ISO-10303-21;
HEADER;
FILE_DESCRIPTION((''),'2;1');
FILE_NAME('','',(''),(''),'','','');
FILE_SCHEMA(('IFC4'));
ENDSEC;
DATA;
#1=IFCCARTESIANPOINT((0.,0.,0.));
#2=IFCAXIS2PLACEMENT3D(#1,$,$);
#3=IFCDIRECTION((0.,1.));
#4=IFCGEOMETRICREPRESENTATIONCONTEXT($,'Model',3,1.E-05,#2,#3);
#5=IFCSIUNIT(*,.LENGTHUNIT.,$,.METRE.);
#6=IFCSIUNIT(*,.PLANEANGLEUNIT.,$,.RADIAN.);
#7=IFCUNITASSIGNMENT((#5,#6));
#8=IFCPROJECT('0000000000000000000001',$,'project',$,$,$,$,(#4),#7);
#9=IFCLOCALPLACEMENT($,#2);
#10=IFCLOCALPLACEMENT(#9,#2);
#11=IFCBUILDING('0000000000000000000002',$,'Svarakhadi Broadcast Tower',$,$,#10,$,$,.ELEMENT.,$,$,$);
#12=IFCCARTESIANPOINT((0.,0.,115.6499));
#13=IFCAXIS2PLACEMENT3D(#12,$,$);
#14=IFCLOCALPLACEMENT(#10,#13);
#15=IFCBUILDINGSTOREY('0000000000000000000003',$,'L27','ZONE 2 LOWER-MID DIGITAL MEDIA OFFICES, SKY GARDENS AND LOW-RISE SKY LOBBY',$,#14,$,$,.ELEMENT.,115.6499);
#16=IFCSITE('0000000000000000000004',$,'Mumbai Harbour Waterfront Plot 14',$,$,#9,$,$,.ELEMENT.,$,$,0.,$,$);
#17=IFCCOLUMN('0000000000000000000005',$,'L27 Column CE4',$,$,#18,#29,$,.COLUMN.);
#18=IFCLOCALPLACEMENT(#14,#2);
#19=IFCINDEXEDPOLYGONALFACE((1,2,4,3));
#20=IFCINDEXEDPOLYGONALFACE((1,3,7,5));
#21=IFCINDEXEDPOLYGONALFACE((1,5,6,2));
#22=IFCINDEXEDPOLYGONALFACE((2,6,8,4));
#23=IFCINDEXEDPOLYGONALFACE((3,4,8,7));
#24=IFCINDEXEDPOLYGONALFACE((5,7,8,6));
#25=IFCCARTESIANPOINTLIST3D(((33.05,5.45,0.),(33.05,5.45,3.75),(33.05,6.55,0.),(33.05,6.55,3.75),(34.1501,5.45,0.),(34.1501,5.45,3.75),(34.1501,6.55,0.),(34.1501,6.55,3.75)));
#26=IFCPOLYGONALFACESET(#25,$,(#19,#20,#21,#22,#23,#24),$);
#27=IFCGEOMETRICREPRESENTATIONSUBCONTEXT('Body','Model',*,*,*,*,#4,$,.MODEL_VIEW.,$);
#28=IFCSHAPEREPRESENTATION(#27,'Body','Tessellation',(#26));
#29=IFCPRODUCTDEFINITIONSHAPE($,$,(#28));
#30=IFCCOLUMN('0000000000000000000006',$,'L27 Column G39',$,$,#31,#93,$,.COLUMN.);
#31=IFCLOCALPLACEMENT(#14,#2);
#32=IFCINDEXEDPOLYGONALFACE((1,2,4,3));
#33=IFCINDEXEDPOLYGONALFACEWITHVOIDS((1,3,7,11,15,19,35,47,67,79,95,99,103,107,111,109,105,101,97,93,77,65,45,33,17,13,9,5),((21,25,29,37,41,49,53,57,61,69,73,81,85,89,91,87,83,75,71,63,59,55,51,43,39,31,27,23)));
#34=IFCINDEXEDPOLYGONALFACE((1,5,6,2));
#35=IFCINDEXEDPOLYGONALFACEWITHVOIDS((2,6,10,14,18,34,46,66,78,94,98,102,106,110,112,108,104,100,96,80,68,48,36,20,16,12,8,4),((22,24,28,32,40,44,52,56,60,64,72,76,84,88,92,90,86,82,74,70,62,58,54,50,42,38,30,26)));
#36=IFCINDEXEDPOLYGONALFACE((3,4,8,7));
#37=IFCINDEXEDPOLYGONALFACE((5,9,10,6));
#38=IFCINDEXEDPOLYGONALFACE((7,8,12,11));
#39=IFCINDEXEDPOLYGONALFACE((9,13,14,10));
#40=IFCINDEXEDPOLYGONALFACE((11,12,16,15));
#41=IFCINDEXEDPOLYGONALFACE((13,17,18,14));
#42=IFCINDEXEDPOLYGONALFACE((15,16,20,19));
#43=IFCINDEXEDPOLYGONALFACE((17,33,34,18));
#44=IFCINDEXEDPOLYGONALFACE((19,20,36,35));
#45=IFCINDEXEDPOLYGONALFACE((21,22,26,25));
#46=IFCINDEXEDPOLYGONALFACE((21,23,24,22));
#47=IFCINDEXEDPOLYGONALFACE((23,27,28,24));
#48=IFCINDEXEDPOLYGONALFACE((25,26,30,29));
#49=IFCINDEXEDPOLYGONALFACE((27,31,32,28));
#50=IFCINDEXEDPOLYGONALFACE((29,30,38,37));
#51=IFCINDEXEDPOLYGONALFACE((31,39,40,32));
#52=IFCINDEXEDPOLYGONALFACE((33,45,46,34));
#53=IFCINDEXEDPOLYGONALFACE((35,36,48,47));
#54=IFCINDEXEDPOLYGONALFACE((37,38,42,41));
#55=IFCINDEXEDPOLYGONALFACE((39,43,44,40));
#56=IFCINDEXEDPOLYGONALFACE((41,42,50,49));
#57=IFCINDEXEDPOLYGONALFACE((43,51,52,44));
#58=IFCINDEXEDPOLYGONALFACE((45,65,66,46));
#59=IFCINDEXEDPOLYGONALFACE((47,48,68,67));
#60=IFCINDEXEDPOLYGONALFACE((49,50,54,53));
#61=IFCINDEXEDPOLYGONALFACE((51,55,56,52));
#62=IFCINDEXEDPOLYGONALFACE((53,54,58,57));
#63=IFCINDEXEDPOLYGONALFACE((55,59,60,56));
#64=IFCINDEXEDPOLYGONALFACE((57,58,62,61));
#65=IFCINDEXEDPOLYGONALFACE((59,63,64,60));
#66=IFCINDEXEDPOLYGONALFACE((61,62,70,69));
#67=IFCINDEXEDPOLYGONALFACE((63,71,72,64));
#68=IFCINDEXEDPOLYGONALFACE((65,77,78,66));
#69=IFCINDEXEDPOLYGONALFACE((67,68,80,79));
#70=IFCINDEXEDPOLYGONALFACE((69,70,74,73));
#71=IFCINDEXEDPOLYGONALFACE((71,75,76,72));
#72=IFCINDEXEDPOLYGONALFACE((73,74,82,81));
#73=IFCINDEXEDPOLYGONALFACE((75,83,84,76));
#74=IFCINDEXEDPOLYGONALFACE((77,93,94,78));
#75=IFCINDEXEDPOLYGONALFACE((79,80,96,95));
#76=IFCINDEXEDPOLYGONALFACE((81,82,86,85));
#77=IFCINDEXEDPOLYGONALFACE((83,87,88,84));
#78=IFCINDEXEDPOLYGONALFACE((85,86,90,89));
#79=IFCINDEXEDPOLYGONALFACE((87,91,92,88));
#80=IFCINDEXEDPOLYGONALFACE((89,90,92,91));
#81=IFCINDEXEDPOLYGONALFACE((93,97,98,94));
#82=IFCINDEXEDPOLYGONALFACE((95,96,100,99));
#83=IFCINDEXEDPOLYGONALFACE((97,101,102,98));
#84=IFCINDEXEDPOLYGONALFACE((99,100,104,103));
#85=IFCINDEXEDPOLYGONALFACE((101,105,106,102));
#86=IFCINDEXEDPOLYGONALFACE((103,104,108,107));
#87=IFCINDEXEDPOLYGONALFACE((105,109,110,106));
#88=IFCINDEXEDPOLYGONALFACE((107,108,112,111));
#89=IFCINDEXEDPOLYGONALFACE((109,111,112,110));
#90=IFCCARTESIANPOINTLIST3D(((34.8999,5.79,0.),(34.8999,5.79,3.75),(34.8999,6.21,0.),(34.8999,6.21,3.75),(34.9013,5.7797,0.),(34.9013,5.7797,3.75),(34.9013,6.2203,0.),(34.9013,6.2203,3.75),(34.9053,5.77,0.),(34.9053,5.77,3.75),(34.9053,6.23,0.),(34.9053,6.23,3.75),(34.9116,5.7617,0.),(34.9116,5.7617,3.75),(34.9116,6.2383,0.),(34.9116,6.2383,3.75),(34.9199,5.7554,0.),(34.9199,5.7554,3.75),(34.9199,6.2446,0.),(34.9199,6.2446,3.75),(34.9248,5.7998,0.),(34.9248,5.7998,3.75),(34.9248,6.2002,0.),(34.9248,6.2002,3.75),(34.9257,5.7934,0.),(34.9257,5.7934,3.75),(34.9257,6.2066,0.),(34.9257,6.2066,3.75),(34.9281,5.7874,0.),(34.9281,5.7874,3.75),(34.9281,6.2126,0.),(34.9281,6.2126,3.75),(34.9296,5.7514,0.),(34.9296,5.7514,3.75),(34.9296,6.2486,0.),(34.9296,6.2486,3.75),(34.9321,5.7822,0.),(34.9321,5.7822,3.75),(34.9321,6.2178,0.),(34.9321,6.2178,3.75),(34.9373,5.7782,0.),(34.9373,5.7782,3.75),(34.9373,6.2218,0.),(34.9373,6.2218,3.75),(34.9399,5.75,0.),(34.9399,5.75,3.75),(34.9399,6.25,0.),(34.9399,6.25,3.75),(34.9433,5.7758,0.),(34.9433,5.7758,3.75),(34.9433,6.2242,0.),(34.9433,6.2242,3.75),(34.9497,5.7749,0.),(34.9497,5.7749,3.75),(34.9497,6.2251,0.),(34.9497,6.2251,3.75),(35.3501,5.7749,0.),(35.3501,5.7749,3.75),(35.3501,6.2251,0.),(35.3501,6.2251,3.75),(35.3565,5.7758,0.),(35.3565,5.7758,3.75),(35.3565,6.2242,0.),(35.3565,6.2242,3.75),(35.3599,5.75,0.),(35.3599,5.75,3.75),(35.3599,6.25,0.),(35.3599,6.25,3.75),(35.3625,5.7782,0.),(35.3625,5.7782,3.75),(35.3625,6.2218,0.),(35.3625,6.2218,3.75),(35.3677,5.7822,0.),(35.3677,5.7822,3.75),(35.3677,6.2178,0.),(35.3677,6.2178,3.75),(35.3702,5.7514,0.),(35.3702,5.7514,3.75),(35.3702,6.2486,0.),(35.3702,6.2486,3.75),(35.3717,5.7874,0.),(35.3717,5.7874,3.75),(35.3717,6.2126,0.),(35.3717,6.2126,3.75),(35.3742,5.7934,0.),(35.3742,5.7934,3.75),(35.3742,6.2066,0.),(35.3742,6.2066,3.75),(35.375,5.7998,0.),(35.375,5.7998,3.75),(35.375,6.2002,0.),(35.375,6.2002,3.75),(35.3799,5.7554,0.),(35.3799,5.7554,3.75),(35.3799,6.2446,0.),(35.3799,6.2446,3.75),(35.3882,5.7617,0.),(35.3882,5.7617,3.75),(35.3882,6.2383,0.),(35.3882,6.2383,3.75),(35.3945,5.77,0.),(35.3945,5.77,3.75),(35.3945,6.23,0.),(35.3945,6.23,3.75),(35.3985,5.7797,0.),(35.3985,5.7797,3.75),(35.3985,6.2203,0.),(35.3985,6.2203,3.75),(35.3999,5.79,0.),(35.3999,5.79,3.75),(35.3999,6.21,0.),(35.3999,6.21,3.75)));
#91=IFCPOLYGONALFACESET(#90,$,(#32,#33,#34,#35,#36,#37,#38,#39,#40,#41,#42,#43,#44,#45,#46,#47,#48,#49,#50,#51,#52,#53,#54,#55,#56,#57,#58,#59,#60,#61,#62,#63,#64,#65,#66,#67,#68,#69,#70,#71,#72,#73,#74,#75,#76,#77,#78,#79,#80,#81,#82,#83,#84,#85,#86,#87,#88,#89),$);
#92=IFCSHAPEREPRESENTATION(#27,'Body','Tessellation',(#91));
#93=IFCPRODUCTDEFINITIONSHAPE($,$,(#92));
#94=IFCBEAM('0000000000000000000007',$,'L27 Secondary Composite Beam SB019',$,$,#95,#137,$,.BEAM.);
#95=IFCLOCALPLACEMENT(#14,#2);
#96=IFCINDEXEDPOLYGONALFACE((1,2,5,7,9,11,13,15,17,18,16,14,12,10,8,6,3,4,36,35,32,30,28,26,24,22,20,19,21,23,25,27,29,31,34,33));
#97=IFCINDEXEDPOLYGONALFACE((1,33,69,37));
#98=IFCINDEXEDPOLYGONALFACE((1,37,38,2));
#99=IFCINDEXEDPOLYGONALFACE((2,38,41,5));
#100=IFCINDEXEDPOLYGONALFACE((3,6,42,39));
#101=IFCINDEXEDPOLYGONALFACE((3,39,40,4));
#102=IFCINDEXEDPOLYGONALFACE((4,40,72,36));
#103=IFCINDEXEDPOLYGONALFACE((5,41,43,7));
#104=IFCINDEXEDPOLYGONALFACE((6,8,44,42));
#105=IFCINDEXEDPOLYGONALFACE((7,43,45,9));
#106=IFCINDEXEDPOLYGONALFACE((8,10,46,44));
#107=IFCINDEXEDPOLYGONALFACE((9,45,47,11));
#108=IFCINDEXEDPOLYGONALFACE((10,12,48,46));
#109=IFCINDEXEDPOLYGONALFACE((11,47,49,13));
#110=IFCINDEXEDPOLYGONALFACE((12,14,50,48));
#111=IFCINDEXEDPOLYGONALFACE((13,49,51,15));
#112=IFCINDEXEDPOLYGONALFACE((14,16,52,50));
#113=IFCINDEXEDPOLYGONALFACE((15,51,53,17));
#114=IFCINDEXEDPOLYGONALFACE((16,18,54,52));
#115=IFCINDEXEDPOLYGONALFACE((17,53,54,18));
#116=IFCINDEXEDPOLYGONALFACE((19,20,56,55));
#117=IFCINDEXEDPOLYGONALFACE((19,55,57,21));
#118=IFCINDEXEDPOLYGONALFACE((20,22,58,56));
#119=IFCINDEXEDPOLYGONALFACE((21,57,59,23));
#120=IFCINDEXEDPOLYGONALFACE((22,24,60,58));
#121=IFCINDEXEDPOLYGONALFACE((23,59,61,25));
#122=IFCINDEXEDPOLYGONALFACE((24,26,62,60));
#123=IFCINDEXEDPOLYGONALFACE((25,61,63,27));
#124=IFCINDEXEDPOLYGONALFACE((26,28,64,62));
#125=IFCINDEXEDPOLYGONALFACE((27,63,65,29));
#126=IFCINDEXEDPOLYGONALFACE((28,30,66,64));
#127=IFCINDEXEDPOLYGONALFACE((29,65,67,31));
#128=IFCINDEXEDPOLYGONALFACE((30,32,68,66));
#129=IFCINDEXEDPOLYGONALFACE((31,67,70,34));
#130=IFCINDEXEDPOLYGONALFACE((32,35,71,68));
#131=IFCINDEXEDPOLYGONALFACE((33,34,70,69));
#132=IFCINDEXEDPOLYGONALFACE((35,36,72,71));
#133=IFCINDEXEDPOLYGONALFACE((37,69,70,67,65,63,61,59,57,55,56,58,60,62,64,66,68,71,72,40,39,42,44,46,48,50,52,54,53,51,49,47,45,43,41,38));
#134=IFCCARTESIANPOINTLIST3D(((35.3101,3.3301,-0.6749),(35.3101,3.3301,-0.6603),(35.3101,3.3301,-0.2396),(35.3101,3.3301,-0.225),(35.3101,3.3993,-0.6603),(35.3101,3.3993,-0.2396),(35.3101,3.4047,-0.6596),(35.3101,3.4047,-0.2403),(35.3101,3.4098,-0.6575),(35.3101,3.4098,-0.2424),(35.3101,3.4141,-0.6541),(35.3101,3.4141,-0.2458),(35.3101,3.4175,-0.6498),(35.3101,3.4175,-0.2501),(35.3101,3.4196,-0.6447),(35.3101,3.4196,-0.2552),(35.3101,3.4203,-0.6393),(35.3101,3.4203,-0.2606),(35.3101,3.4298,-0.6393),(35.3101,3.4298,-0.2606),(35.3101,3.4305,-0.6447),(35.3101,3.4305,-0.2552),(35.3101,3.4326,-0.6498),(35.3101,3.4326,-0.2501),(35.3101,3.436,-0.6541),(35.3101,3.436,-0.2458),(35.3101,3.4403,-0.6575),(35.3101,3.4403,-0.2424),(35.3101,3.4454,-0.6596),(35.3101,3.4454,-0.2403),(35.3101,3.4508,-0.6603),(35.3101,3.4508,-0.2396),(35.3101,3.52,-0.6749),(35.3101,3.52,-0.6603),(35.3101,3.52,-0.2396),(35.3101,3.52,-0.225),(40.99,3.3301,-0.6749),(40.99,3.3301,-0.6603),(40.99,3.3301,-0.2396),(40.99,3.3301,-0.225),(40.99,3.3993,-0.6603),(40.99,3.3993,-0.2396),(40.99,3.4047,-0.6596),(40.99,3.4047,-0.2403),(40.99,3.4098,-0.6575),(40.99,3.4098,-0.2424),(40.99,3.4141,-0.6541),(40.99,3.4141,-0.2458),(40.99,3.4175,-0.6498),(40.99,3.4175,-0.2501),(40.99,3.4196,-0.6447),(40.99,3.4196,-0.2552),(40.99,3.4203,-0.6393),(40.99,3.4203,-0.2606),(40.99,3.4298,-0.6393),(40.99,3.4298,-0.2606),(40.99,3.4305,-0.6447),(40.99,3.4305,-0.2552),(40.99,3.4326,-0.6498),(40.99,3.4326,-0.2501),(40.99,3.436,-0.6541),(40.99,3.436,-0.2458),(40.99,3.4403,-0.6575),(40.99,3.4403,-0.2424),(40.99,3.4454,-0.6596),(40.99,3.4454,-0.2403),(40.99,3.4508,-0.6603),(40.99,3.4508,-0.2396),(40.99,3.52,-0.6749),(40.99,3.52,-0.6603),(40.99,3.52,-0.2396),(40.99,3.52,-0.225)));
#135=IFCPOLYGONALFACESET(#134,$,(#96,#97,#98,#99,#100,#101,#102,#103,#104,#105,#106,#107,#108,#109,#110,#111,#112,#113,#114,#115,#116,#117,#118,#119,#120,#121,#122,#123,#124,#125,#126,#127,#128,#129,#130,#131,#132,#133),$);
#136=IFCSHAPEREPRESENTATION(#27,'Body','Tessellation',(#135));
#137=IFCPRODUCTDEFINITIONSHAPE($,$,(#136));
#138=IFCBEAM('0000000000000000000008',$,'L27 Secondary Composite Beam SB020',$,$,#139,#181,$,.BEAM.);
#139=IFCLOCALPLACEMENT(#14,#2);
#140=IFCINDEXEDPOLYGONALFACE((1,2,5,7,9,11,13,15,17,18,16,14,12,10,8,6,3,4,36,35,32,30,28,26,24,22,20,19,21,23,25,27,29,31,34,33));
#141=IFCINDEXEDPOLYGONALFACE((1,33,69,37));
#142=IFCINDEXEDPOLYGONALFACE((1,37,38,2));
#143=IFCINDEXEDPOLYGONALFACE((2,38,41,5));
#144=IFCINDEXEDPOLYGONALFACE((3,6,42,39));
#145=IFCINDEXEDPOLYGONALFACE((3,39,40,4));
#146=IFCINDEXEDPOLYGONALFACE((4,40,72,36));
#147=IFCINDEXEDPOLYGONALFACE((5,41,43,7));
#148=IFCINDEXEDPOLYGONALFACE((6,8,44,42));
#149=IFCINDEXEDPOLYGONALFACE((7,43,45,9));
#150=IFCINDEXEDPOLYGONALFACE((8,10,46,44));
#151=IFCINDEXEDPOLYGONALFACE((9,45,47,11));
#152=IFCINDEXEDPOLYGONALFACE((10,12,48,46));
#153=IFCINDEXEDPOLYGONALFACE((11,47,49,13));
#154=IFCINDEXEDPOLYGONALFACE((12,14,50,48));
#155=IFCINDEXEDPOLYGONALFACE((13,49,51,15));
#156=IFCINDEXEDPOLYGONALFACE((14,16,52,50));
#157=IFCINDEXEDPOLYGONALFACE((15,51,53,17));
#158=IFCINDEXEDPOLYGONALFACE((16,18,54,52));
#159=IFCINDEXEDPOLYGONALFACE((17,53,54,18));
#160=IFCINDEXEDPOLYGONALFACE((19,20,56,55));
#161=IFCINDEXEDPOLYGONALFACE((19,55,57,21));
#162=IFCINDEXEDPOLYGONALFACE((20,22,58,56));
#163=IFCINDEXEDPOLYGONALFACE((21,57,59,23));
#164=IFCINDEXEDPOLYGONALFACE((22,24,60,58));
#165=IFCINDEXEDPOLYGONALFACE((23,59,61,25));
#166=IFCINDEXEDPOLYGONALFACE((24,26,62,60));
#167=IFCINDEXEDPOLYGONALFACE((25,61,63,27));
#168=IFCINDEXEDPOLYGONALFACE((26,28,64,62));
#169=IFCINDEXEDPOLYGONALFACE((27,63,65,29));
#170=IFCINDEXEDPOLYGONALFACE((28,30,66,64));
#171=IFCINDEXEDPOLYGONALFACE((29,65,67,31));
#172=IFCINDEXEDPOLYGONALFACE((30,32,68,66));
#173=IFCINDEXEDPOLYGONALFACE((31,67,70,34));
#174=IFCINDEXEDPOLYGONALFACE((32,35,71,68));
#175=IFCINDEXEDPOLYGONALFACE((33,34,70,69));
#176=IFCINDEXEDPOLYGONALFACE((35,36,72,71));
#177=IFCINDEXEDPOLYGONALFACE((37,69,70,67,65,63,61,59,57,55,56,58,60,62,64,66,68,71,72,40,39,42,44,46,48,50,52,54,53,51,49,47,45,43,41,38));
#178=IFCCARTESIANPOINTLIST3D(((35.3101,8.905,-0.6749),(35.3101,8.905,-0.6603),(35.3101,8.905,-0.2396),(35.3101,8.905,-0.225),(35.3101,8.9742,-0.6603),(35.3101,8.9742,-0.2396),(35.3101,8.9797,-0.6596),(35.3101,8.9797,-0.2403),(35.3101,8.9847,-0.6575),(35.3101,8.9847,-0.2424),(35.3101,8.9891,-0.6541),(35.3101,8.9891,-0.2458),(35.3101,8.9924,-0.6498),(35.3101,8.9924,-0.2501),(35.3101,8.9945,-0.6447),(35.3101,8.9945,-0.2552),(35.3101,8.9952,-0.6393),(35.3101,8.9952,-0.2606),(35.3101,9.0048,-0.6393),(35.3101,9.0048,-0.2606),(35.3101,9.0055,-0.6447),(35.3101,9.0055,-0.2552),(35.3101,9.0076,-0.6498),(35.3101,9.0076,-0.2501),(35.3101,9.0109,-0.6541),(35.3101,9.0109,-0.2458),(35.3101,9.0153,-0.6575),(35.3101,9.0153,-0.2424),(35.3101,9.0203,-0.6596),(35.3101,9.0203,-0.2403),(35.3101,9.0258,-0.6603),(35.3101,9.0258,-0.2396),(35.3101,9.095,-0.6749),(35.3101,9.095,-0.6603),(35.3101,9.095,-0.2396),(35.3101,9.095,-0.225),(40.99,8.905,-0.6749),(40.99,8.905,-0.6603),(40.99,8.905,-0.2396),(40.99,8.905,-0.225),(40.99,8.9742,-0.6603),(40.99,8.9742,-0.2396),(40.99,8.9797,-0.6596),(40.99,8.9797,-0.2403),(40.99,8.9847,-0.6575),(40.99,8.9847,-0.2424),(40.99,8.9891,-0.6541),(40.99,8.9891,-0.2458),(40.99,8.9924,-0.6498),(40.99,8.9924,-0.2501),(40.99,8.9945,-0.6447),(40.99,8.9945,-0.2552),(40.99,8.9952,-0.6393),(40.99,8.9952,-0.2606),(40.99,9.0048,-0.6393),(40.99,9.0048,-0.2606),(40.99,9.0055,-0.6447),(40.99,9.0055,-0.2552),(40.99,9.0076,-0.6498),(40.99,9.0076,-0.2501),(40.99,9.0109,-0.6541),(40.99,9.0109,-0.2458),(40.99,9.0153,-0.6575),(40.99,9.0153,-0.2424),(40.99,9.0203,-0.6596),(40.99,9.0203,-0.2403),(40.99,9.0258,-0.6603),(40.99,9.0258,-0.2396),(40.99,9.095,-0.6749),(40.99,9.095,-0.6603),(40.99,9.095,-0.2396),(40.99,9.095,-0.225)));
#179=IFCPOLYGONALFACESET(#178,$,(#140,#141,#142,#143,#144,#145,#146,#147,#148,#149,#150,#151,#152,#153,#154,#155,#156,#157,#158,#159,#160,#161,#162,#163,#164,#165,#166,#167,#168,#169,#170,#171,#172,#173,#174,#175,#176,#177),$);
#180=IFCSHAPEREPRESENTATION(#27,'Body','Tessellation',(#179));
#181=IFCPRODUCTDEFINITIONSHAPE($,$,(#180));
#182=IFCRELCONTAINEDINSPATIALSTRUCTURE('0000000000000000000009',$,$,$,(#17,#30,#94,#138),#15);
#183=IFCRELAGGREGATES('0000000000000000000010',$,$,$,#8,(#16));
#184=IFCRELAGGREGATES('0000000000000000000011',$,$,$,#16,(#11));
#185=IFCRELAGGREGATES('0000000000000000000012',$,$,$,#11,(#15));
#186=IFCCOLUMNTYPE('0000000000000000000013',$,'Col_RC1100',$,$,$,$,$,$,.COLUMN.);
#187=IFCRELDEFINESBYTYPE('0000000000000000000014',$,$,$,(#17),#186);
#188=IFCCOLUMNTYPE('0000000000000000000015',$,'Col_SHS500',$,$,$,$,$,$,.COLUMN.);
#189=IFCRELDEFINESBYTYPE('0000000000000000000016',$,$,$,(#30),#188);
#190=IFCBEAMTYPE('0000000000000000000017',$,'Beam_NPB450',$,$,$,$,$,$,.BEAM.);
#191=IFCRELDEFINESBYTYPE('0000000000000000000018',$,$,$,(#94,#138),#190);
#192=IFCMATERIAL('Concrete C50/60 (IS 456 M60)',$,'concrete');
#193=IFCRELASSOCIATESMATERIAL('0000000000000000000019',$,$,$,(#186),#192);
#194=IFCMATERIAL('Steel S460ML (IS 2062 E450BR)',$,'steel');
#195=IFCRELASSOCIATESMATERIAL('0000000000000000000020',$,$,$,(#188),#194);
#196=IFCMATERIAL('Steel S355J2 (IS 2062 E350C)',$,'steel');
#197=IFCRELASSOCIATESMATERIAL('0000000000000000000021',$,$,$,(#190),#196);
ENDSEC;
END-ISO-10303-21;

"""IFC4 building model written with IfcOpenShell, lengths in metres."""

from ifc_helpers import new_model, si_unit, direction, frame, origin, origin_2d, place, context, subcontext, project, spatial, rectangle, hollow_rectangle, i_section, extrude, material, material_profile, profile_set, type_object, element, save


model = new_model("IFC4")

# Units and contexts
model_context = context("Model", 3, precision=1e-05, world=origin(), true_north=direction((0.0, 1.0)))
body_context = subcontext(model_context, "Body", "Model", "MODEL_VIEW")
ifc_project = project(units=[si_unit("LENGTHUNIT", "METRE"), si_unit("PLANEANGLEUNIT", "RADIAN")], contexts=[model_context])

# Site, building, storey
site_placement = place(None, origin())
site = spatial("IfcSite", under=ifc_project, at=site_placement, Name="Mumbai Harbour Waterfront Plot 14", CompositionType="ELEMENT", RefElevation=0.0)
building_placement = place(site_placement, origin())
building = spatial("IfcBuilding", under=site, at=building_placement, Name="Svarakhadi Broadcast Tower", CompositionType="ELEMENT")
storey_placement = place(building_placement, frame((0.0, 0.0, 115.6499)))
storey = spatial("IfcBuildingStorey", under=building, at=storey_placement, Name="L27", Description="ZONE 2 LOWER-MID DIGITAL MEDIA OFFICES, SKY GARDENS AND LOW-RISE SKY LOBBY", CompositionType="ELEMENT", Elevation=115.6499)

# Columns
ifc_material_1 = material(Name="Concrete C50/60 (IS 456 M60)", Category="concrete")
ifc_material_profile_1 = material_profile(ifc_material_1, rectangle(XDim=1.1001, YDim=1.1001, at=origin_2d()), Name="RC 1100x1100")
ifc_profile_set_1 = profile_set([ifc_material_profile_1], Name="Concrete C50/60 (IS 456 M60)")
column_type_1 = type_object("IfcColumnType", Name="Col_RC1100", PredefinedType="COLUMN", material=ifc_profile_set_1)
column_1_placement = place(storey_placement, frame((33.6001, 6.0, 0.0), z_axis=(0.0, 0.0, 1.0), x_axis=(1.0, 0.0, 0.0)))
element("IfcColumn", 1, at=column_1_placement, inside=storey, type_object=column_type_1, Name="L27 Column CE4", PredefinedType="COLUMN", context=body_context, shape_type="SweptSolid", body=[
    extrude(rectangle(XDim=1.1001, YDim=1.1001, at=origin_2d()), origin(), (0.0, 0.0, 1.0), 3.75),
])
ifc_material_2 = material(Name="Steel S460ML (IS 2062 E450BR)", Category="steel")
ifc_material_profile_2 = material_profile(ifc_material_2, hollow_rectangle(XDim=0.5, YDim=0.5, WallThickness=0.0249, InnerFilletRadius=0.0249, OuterFilletRadius=0.04, at=origin_2d()), Name="SHS 500x500x25")
ifc_profile_set_2 = profile_set([ifc_material_profile_2], Name="Steel S460ML (IS 2062 E450BR)")
column_type_2 = type_object("IfcColumnType", Name="Col_SHS500", PredefinedType="COLUMN", material=ifc_profile_set_2)
column_2_placement = place(storey_placement, frame((35.1499, 6.0, 0.0), z_axis=(0.0, 0.0, 1.0), x_axis=(1.0, 0.0, 0.0)))
element("IfcColumn", 2, at=column_2_placement, inside=storey, type_object=column_type_2, Name="L27 Column G39", PredefinedType="COLUMN", context=body_context, shape_type="SweptSolid", body=[
    extrude(hollow_rectangle(XDim=0.5, YDim=0.5, WallThickness=0.0249, InnerFilletRadius=0.0249, OuterFilletRadius=0.04, at=origin_2d()), origin(), (0.0, 0.0, 1.0), 3.75),
])

# Beams
ifc_material_3 = material(Name="Steel S355J2 (IS 2062 E350C)", Category="steel")
ifc_material_profile_3 = material_profile(ifc_material_3, i_section(OverallWidth=0.1899, OverallDepth=0.45, WebThickness=0.0095, FlangeThickness=0.0146, FilletRadius=0.021, at=origin_2d()), Name="NPB 450x190x78")
ifc_profile_set_3 = profile_set([ifc_material_profile_3], Name="Steel S355J2 (IS 2062 E350C)")
beam_type_1 = type_object("IfcBeamType", Name="Beam_NPB450", PredefinedType="BEAM", material=ifc_profile_set_3)
for number, where, z_axis, x_axis, name in (
    (3, (35.3101, 3.425, -0.45), (1.0, 0.0, 0.0), (0.0, 1.0, 0.0), "L27 Secondary Composite Beam SB019"),
    (4, (35.3101, 9.0, -0.45), (1.0, 0.0, 0.0), (0.0, 1.0, 0.0), "L27 Secondary Composite Beam SB020"),
):
    element("IfcBeam", number, at=place(storey_placement, frame(where, z_axis=z_axis, x_axis=x_axis)), inside=storey, type_object=beam_type_1, Name=name, PredefinedType="BEAM", context=body_context, shape_type="SweptSolid", body=[
        extrude(i_section(OverallWidth=0.1899, OverallDepth=0.45, WebThickness=0.0095, FlangeThickness=0.0146, FilletRadius=0.021, at=origin_2d()), origin(), (0.0, 0.0, 1.0), 5.6799),
    ])

save(model, "model.ifc")
